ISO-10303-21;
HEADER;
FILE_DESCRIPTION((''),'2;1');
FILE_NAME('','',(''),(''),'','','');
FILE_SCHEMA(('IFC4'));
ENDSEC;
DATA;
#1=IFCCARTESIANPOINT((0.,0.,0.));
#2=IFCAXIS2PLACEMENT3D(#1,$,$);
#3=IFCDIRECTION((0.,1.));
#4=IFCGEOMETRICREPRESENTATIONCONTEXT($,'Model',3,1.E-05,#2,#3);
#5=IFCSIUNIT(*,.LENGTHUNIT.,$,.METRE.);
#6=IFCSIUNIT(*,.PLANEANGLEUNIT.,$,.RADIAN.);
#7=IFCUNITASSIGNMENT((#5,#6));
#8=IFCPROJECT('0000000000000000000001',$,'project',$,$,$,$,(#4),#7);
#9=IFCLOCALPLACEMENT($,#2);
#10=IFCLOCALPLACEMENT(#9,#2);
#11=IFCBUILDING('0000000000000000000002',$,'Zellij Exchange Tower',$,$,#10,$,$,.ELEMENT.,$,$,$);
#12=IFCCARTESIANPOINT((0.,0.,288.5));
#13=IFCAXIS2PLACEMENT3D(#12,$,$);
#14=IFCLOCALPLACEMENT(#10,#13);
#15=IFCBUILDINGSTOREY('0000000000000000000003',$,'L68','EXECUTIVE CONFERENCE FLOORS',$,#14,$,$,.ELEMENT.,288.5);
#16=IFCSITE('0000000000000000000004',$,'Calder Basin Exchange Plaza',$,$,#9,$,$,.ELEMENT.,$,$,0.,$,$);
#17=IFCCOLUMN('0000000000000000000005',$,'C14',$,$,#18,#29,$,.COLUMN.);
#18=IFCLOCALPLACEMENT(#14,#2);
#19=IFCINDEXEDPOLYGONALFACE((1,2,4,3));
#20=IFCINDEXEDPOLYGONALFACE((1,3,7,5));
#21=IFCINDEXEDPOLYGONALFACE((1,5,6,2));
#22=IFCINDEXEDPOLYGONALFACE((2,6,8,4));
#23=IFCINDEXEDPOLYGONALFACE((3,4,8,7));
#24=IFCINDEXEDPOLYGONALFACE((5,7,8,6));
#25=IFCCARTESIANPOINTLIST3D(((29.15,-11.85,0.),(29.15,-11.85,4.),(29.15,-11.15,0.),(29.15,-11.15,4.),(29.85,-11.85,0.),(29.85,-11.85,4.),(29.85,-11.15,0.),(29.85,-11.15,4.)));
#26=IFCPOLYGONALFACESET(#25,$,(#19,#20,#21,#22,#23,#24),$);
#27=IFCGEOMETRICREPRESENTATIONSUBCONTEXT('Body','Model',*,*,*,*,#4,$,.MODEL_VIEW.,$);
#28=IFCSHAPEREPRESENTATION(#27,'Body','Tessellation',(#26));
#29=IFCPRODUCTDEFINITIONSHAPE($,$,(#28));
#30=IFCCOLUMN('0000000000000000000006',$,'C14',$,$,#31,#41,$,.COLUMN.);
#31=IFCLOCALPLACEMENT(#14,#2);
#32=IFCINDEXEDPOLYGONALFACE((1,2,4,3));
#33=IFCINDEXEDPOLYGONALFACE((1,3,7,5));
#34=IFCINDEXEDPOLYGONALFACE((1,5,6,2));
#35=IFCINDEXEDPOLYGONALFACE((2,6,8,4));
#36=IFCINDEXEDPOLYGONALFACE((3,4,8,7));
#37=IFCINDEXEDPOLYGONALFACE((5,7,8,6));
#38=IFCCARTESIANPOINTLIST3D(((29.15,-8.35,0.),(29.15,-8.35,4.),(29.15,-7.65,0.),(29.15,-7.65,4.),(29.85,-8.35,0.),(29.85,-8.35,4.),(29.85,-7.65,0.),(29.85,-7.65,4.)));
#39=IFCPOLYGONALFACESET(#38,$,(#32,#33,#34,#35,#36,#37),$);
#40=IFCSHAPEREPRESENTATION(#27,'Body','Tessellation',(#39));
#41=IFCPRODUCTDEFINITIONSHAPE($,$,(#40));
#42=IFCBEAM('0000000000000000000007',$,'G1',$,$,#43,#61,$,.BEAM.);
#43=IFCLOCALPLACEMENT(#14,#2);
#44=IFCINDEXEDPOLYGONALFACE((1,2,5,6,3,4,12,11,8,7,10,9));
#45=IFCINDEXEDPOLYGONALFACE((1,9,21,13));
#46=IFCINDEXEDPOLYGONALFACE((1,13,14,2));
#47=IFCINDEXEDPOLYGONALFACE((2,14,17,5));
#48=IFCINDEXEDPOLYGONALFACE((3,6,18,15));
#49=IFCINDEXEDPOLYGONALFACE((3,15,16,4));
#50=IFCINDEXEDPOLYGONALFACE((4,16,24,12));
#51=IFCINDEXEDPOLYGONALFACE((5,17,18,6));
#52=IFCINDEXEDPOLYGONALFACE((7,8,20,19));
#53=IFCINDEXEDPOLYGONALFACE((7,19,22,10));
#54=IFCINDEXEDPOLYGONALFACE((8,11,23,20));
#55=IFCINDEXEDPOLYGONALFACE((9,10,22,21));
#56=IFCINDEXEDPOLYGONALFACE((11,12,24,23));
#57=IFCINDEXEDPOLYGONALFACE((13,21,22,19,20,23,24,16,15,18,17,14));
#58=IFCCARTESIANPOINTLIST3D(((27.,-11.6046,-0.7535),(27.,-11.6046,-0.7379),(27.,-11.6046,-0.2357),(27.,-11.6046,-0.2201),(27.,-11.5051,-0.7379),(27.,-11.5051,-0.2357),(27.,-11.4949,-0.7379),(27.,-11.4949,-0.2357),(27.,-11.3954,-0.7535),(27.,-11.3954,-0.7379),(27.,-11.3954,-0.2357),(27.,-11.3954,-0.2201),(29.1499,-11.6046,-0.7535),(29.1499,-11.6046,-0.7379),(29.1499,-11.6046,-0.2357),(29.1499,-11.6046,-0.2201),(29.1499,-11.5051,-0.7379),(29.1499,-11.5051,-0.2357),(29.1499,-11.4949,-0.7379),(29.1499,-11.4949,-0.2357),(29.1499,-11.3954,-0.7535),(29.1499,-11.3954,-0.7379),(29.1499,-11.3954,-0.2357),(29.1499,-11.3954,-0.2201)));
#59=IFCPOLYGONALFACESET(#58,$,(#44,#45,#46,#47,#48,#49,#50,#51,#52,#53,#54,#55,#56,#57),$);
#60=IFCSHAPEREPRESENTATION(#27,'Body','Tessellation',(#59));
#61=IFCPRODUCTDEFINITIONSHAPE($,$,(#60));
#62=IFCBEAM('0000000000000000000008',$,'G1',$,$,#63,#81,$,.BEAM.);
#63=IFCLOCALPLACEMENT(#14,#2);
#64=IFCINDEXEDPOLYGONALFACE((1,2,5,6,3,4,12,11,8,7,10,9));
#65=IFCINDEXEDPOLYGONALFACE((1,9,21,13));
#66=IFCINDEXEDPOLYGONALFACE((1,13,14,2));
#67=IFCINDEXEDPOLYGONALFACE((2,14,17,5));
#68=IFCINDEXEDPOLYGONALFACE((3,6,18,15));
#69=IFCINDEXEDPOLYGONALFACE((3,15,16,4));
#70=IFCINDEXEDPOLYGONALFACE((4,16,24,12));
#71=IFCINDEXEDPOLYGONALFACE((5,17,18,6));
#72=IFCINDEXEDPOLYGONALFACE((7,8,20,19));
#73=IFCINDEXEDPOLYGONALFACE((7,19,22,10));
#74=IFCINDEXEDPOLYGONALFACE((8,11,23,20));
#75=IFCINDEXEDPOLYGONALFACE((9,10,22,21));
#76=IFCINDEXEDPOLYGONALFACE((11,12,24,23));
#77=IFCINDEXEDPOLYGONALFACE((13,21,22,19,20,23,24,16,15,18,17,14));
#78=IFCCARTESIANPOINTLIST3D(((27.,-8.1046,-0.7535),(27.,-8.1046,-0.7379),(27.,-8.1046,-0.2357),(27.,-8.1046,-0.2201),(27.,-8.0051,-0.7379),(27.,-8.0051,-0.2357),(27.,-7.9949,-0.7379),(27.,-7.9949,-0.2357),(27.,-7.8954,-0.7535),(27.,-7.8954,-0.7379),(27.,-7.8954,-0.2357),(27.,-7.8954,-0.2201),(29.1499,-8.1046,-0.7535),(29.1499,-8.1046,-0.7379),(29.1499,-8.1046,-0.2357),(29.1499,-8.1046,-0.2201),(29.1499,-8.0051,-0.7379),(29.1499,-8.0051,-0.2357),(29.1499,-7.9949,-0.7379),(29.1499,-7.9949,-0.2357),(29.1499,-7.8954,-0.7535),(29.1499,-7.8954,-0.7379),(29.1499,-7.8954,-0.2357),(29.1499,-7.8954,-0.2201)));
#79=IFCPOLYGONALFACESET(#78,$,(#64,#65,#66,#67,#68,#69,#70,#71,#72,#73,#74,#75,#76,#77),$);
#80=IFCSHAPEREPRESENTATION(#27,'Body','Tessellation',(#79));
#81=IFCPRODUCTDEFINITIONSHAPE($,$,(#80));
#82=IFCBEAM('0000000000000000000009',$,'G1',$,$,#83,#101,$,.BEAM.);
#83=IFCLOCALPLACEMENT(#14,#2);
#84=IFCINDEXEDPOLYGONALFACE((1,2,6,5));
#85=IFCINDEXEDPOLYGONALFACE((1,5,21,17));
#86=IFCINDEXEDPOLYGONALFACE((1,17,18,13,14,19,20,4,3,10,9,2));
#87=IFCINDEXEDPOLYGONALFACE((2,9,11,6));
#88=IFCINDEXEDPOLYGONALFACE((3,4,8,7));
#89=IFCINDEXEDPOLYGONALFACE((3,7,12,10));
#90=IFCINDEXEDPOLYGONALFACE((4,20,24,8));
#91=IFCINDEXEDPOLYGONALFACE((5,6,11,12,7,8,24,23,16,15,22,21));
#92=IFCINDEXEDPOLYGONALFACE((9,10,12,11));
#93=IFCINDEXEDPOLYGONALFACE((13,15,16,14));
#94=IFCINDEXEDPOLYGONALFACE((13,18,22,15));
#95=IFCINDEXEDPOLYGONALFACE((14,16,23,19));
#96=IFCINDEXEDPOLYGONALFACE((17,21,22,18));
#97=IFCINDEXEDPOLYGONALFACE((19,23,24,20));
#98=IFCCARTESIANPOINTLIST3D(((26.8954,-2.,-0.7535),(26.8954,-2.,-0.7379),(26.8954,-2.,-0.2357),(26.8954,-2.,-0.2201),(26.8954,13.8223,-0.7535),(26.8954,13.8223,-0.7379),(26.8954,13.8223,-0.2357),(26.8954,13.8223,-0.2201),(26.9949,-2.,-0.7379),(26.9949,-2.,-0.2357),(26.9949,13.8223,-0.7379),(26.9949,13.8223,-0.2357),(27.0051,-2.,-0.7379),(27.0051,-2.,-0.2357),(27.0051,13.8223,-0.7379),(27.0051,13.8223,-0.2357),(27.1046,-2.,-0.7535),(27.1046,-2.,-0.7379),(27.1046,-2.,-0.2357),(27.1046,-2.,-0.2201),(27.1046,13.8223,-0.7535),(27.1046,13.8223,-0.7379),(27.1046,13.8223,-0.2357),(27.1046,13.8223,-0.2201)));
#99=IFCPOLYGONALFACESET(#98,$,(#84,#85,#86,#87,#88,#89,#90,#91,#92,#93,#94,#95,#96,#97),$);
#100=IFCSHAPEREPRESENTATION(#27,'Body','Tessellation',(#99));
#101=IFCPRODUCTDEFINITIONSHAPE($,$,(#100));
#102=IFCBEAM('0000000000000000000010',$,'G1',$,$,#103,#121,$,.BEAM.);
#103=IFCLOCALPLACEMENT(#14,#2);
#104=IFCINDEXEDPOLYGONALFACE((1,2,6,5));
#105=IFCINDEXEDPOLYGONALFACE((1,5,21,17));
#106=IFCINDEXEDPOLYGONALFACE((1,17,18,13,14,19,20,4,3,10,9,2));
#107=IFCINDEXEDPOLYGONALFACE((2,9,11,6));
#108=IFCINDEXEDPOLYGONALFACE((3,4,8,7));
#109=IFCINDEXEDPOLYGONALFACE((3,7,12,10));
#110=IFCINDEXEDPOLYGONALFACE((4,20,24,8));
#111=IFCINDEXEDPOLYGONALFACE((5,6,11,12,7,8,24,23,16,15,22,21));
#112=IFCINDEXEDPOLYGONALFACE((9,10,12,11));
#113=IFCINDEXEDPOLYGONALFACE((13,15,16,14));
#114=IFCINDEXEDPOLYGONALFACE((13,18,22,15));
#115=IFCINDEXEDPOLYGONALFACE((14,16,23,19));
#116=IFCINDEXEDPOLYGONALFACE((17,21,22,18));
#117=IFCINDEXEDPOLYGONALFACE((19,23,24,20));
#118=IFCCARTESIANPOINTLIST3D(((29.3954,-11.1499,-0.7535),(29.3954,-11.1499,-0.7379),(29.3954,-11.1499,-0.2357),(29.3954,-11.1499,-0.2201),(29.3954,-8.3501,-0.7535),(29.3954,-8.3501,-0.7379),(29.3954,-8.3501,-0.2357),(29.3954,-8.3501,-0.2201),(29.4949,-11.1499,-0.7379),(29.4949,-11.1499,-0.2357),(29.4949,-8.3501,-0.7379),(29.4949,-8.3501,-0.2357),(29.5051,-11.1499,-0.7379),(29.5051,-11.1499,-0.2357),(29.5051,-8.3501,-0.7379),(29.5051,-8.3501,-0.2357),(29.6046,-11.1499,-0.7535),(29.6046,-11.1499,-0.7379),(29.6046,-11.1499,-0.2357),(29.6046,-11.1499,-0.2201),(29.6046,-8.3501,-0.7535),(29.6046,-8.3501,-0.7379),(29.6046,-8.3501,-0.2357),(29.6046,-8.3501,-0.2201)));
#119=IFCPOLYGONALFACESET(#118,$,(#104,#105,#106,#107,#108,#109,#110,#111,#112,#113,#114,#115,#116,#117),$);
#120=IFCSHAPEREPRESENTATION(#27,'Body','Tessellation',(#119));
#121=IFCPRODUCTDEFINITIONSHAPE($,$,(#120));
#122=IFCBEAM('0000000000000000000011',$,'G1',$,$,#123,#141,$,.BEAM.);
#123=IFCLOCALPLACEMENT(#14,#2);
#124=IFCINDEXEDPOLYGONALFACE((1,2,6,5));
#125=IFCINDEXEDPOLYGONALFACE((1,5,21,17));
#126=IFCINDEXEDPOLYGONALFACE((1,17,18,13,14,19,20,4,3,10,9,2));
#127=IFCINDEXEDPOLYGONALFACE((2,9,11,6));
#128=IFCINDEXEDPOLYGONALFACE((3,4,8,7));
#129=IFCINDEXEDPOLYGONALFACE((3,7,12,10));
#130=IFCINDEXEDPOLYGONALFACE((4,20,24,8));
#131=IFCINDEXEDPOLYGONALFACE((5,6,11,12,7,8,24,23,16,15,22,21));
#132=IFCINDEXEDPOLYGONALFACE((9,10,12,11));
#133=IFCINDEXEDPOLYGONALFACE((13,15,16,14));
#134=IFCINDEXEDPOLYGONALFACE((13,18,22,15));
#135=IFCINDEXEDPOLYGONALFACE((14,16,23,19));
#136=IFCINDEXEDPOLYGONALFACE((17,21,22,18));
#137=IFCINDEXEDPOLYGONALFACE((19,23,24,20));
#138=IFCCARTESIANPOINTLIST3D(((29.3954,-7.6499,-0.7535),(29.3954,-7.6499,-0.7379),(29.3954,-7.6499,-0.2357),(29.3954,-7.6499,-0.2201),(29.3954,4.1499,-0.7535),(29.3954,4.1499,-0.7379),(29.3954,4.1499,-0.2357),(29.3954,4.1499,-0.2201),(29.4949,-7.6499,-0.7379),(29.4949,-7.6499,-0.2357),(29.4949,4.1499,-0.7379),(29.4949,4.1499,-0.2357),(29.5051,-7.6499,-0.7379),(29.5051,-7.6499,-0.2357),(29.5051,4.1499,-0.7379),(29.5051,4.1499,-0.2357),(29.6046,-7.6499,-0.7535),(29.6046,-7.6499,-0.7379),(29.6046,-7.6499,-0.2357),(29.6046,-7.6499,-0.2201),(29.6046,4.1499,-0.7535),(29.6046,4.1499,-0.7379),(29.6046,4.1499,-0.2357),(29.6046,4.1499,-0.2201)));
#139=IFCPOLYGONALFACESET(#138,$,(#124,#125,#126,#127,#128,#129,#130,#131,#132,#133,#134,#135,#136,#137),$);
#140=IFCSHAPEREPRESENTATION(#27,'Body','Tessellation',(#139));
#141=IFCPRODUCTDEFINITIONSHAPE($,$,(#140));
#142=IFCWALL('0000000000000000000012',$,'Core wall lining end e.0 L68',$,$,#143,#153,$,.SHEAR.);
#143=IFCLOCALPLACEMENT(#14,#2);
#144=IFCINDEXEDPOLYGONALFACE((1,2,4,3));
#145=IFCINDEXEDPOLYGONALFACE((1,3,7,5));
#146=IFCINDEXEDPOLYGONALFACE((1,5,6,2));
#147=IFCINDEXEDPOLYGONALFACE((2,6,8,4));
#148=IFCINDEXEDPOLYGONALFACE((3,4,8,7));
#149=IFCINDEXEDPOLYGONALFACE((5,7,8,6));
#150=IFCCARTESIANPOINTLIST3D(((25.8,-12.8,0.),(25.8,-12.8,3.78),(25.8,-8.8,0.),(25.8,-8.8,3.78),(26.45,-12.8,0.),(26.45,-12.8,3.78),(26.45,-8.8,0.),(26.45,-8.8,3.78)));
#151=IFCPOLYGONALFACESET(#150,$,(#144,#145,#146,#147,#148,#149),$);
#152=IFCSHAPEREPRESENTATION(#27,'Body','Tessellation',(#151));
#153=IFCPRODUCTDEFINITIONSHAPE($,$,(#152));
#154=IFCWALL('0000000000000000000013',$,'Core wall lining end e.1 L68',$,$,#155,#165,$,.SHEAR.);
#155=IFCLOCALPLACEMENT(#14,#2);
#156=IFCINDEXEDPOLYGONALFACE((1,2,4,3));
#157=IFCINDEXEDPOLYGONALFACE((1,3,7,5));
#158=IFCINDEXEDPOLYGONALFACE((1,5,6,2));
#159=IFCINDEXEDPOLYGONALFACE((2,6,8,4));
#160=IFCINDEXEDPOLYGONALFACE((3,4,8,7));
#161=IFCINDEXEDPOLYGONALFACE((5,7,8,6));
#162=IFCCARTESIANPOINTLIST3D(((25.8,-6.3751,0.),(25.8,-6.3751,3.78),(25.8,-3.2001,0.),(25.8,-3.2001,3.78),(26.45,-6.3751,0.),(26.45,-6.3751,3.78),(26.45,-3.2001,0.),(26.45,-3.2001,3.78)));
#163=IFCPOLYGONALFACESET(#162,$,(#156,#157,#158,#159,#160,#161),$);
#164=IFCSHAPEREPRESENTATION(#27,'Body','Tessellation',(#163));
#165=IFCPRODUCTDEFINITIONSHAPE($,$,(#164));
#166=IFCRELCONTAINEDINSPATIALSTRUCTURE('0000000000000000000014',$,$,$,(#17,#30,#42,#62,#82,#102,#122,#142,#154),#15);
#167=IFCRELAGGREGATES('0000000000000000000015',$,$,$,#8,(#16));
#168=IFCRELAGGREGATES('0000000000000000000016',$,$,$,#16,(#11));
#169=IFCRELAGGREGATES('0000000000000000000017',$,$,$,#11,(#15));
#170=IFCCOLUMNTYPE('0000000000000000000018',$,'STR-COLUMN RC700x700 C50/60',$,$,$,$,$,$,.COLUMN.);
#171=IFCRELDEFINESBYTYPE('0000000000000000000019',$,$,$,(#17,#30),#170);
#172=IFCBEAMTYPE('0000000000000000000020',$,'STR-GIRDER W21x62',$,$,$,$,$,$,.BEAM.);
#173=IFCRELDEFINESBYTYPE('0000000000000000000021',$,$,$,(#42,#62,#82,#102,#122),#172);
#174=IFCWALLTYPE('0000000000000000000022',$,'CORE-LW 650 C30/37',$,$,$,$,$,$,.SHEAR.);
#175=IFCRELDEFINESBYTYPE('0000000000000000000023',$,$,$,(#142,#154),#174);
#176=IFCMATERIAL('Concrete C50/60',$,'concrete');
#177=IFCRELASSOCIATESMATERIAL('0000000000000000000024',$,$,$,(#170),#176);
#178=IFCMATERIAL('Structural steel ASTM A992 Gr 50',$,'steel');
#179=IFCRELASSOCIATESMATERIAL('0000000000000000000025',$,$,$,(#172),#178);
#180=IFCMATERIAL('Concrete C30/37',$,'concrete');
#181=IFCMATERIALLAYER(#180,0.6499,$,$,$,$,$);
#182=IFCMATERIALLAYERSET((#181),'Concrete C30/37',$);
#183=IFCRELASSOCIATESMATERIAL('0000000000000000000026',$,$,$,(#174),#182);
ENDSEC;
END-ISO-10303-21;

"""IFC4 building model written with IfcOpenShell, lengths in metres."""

from ifc_helpers import new_model, si_unit, direction, frame, frame_2d, origin, origin_2d, place, context, subcontext, project, spatial, rectangle, i_section, extrude, material, layer, layer_set, material_profile, profile_set, type_object, element, save


model = new_model("IFC4")

# Units and contexts
model_context = context("Model", 3, precision=1e-05, world=origin(), true_north=direction((0.0, 1.0)))
body_context = subcontext(model_context, "Body", "Model", "MODEL_VIEW")
ifc_project = project(units=[si_unit("LENGTHUNIT", "METRE"), si_unit("PLANEANGLEUNIT", "RADIAN")], contexts=[model_context])

# Site, building, storey
site_placement = place(None, origin())
site = spatial("IfcSite", under=ifc_project, at=site_placement, Name="Calder Basin Exchange Plaza", CompositionType="ELEMENT", RefElevation=0.0)
building_placement = place(site_placement, origin())
building = spatial("IfcBuilding", under=site, at=building_placement, Name="Zellij Exchange Tower", CompositionType="ELEMENT")
storey_placement = place(building_placement, frame((0.0, 0.0, 288.5)))
storey = spatial("IfcBuildingStorey", under=building, at=storey_placement, Name="L68", Description="EXECUTIVE CONFERENCE FLOORS", CompositionType="ELEMENT", Elevation=288.5)

# Columns
ifc_material_1 = material(Name="Concrete C50/60", Category="concrete")
ifc_material_profile_1 = material_profile(ifc_material_1, rectangle(XDim=0.7, YDim=0.7, at=origin_2d()), Name="STR-COLUMN RC700x700 C50/60")
ifc_profile_set_1 = profile_set([ifc_material_profile_1], Name="Concrete C50/60")
column_type = type_object("IfcColumnType", Name="STR-COLUMN RC700x700 C50/60", PredefinedType="COLUMN", material=ifc_profile_set_1)
for number, where, z_axis, x_axis, name in (
    (1, (29.5, -11.5, 0.0), (0.0, 0.0, 1.0), (1.0, 0.0, 0.0), "C14"),
    (2, (29.5, -8.0, 0.0), (0.0, 0.0, 1.0), (1.0, 0.0, 0.0), "C14"),
):
    element("IfcColumn", number, at=place(storey_placement, frame(where, z_axis=z_axis, x_axis=x_axis)), inside=storey, type_object=column_type, Name=name, PredefinedType="COLUMN", context=body_context, shape_type="SweptSolid", body=[
        extrude(rectangle(XDim=0.7, YDim=0.7, at=origin_2d()), origin(), (0.0, 0.0, 1.0), 4.0),
    ])

# Beams
ifc_material_2 = material(Name="Structural steel ASTM A992 Gr 50", Category="steel")
ifc_material_profile_2 = material_profile(ifc_material_2, i_section(OverallWidth=0.2092, OverallDepth=0.5334, WebThickness=0.0103, FlangeThickness=0.0156, at=origin_2d()), Name="W21x62")
ifc_profile_set_2 = profile_set([ifc_material_profile_2], Name="Structural steel ASTM A992 Gr 50")
beam_type = type_object("IfcBeamType", Name="STR-GIRDER W21x62", PredefinedType="BEAM", material=ifc_profile_set_2)
for number, where, z_axis, x_axis, name in (
    (3, (27.0, -11.5, -0.4868), (1.0, 0.0, 0.0), (0.0, 1.0, 0.0), "G1"),
    (4, (27.0, -8.0, -0.4868), (1.0, 0.0, 0.0), (0.0, 1.0, 0.0), "G1"),
):
    element("IfcBeam", number, at=place(storey_placement, frame(where, z_axis=z_axis, x_axis=x_axis)), inside=storey, type_object=beam_type, Name=name, PredefinedType="BEAM", context=body_context, shape_type="SweptSolid", body=[
        extrude(i_section(OverallWidth=0.2092, OverallDepth=0.5334, WebThickness=0.0103, FlangeThickness=0.0156, at=origin_2d()), origin(), (0.0, 0.0, 1.0), 2.1499),
    ])
beam_1_placement = place(storey_placement, frame((27.0, -2.0, -0.4868), z_axis=(0.0, 1.0, 0.0), x_axis=(-1.0, 0.0, 0.0)))
element("IfcBeam", 5, at=beam_1_placement, inside=storey, type_object=beam_type, Name="G1", PredefinedType="BEAM", context=body_context, shape_type="SweptSolid", body=[
    extrude(i_section(OverallWidth=0.2092, OverallDepth=0.5334, WebThickness=0.0103, FlangeThickness=0.0156, at=origin_2d()), origin(), (0.0, 0.0, 1.0), 15.8223),
])
beam_2_placement = place(storey_placement, frame((29.5, -11.1499, -0.4868), z_axis=(0.0, 1.0, 0.0), x_axis=(-1.0, 0.0, 0.0)))
element("IfcBeam", 6, at=beam_2_placement, inside=storey, type_object=beam_type, Name="G1", PredefinedType="BEAM", context=body_context, shape_type="SweptSolid", body=[
    extrude(i_section(OverallWidth=0.2092, OverallDepth=0.5334, WebThickness=0.0103, FlangeThickness=0.0156, at=origin_2d()), origin(), (0.0, 0.0, 1.0), 2.7998),
])
beam_3_placement = place(storey_placement, frame((29.5, -7.6499, -0.4868), z_axis=(0.0, 1.0, 0.0), x_axis=(-1.0, 0.0, 0.0)))
element("IfcBeam", 7, at=beam_3_placement, inside=storey, type_object=beam_type, Name="G1", PredefinedType="BEAM", context=body_context, shape_type="SweptSolid", body=[
    extrude(i_section(OverallWidth=0.2092, OverallDepth=0.5334, WebThickness=0.0103, FlangeThickness=0.0156, at=origin_2d()), origin(), (0.0, 0.0, 1.0), 11.7998),
])

# Walls
ifc_material_3 = material(Name="Concrete C30/37", Category="concrete")
ifc_layer_1 = layer(ifc_material_3, 0.6499)
ifc_layer_set_1 = layer_set([ifc_layer_1], Name="Concrete C30/37")
wall_type_1 = type_object("IfcWallType", Name="CORE-LW 650 C30/37", PredefinedType="SHEAR", material=ifc_layer_set_1)
wall_1_placement = place(storey_placement, frame((26.125, -12.8, 0.0), z_axis=(0.0, 0.0, 1.0), x_axis=(0.0, 1.0, 0.0)))
element("IfcWall", 8, at=wall_1_placement, inside=storey, type_object=wall_type_1, Name="Core wall lining end e.0 L68", PredefinedType="SHEAR", context=body_context, shape_type="SweptSolid", body=[
    extrude(rectangle(XDim=4.0, YDim=0.6499, at=frame_2d((2.0, 0.0))), origin(), (0.0, 0.0, 1.0), 3.78),
])
wall_2_placement = place(storey_placement, frame((26.125, -6.375, 0.0), z_axis=(0.0, 0.0, 1.0), x_axis=(0.0, 1.0, 0.0)))
element("IfcWall", 9, at=wall_2_placement, inside=storey, type_object=wall_type_1, Name="Core wall lining end e.1 L68", PredefinedType="SHEAR", context=body_context, shape_type="SweptSolid", body=[
    extrude(rectangle(XDim=3.175, YDim=0.6499, at=frame_2d((1.5874, 0.0))), origin(), (0.0, 0.0, 1.0), 3.78),
])

save(model, "model.ifc")
